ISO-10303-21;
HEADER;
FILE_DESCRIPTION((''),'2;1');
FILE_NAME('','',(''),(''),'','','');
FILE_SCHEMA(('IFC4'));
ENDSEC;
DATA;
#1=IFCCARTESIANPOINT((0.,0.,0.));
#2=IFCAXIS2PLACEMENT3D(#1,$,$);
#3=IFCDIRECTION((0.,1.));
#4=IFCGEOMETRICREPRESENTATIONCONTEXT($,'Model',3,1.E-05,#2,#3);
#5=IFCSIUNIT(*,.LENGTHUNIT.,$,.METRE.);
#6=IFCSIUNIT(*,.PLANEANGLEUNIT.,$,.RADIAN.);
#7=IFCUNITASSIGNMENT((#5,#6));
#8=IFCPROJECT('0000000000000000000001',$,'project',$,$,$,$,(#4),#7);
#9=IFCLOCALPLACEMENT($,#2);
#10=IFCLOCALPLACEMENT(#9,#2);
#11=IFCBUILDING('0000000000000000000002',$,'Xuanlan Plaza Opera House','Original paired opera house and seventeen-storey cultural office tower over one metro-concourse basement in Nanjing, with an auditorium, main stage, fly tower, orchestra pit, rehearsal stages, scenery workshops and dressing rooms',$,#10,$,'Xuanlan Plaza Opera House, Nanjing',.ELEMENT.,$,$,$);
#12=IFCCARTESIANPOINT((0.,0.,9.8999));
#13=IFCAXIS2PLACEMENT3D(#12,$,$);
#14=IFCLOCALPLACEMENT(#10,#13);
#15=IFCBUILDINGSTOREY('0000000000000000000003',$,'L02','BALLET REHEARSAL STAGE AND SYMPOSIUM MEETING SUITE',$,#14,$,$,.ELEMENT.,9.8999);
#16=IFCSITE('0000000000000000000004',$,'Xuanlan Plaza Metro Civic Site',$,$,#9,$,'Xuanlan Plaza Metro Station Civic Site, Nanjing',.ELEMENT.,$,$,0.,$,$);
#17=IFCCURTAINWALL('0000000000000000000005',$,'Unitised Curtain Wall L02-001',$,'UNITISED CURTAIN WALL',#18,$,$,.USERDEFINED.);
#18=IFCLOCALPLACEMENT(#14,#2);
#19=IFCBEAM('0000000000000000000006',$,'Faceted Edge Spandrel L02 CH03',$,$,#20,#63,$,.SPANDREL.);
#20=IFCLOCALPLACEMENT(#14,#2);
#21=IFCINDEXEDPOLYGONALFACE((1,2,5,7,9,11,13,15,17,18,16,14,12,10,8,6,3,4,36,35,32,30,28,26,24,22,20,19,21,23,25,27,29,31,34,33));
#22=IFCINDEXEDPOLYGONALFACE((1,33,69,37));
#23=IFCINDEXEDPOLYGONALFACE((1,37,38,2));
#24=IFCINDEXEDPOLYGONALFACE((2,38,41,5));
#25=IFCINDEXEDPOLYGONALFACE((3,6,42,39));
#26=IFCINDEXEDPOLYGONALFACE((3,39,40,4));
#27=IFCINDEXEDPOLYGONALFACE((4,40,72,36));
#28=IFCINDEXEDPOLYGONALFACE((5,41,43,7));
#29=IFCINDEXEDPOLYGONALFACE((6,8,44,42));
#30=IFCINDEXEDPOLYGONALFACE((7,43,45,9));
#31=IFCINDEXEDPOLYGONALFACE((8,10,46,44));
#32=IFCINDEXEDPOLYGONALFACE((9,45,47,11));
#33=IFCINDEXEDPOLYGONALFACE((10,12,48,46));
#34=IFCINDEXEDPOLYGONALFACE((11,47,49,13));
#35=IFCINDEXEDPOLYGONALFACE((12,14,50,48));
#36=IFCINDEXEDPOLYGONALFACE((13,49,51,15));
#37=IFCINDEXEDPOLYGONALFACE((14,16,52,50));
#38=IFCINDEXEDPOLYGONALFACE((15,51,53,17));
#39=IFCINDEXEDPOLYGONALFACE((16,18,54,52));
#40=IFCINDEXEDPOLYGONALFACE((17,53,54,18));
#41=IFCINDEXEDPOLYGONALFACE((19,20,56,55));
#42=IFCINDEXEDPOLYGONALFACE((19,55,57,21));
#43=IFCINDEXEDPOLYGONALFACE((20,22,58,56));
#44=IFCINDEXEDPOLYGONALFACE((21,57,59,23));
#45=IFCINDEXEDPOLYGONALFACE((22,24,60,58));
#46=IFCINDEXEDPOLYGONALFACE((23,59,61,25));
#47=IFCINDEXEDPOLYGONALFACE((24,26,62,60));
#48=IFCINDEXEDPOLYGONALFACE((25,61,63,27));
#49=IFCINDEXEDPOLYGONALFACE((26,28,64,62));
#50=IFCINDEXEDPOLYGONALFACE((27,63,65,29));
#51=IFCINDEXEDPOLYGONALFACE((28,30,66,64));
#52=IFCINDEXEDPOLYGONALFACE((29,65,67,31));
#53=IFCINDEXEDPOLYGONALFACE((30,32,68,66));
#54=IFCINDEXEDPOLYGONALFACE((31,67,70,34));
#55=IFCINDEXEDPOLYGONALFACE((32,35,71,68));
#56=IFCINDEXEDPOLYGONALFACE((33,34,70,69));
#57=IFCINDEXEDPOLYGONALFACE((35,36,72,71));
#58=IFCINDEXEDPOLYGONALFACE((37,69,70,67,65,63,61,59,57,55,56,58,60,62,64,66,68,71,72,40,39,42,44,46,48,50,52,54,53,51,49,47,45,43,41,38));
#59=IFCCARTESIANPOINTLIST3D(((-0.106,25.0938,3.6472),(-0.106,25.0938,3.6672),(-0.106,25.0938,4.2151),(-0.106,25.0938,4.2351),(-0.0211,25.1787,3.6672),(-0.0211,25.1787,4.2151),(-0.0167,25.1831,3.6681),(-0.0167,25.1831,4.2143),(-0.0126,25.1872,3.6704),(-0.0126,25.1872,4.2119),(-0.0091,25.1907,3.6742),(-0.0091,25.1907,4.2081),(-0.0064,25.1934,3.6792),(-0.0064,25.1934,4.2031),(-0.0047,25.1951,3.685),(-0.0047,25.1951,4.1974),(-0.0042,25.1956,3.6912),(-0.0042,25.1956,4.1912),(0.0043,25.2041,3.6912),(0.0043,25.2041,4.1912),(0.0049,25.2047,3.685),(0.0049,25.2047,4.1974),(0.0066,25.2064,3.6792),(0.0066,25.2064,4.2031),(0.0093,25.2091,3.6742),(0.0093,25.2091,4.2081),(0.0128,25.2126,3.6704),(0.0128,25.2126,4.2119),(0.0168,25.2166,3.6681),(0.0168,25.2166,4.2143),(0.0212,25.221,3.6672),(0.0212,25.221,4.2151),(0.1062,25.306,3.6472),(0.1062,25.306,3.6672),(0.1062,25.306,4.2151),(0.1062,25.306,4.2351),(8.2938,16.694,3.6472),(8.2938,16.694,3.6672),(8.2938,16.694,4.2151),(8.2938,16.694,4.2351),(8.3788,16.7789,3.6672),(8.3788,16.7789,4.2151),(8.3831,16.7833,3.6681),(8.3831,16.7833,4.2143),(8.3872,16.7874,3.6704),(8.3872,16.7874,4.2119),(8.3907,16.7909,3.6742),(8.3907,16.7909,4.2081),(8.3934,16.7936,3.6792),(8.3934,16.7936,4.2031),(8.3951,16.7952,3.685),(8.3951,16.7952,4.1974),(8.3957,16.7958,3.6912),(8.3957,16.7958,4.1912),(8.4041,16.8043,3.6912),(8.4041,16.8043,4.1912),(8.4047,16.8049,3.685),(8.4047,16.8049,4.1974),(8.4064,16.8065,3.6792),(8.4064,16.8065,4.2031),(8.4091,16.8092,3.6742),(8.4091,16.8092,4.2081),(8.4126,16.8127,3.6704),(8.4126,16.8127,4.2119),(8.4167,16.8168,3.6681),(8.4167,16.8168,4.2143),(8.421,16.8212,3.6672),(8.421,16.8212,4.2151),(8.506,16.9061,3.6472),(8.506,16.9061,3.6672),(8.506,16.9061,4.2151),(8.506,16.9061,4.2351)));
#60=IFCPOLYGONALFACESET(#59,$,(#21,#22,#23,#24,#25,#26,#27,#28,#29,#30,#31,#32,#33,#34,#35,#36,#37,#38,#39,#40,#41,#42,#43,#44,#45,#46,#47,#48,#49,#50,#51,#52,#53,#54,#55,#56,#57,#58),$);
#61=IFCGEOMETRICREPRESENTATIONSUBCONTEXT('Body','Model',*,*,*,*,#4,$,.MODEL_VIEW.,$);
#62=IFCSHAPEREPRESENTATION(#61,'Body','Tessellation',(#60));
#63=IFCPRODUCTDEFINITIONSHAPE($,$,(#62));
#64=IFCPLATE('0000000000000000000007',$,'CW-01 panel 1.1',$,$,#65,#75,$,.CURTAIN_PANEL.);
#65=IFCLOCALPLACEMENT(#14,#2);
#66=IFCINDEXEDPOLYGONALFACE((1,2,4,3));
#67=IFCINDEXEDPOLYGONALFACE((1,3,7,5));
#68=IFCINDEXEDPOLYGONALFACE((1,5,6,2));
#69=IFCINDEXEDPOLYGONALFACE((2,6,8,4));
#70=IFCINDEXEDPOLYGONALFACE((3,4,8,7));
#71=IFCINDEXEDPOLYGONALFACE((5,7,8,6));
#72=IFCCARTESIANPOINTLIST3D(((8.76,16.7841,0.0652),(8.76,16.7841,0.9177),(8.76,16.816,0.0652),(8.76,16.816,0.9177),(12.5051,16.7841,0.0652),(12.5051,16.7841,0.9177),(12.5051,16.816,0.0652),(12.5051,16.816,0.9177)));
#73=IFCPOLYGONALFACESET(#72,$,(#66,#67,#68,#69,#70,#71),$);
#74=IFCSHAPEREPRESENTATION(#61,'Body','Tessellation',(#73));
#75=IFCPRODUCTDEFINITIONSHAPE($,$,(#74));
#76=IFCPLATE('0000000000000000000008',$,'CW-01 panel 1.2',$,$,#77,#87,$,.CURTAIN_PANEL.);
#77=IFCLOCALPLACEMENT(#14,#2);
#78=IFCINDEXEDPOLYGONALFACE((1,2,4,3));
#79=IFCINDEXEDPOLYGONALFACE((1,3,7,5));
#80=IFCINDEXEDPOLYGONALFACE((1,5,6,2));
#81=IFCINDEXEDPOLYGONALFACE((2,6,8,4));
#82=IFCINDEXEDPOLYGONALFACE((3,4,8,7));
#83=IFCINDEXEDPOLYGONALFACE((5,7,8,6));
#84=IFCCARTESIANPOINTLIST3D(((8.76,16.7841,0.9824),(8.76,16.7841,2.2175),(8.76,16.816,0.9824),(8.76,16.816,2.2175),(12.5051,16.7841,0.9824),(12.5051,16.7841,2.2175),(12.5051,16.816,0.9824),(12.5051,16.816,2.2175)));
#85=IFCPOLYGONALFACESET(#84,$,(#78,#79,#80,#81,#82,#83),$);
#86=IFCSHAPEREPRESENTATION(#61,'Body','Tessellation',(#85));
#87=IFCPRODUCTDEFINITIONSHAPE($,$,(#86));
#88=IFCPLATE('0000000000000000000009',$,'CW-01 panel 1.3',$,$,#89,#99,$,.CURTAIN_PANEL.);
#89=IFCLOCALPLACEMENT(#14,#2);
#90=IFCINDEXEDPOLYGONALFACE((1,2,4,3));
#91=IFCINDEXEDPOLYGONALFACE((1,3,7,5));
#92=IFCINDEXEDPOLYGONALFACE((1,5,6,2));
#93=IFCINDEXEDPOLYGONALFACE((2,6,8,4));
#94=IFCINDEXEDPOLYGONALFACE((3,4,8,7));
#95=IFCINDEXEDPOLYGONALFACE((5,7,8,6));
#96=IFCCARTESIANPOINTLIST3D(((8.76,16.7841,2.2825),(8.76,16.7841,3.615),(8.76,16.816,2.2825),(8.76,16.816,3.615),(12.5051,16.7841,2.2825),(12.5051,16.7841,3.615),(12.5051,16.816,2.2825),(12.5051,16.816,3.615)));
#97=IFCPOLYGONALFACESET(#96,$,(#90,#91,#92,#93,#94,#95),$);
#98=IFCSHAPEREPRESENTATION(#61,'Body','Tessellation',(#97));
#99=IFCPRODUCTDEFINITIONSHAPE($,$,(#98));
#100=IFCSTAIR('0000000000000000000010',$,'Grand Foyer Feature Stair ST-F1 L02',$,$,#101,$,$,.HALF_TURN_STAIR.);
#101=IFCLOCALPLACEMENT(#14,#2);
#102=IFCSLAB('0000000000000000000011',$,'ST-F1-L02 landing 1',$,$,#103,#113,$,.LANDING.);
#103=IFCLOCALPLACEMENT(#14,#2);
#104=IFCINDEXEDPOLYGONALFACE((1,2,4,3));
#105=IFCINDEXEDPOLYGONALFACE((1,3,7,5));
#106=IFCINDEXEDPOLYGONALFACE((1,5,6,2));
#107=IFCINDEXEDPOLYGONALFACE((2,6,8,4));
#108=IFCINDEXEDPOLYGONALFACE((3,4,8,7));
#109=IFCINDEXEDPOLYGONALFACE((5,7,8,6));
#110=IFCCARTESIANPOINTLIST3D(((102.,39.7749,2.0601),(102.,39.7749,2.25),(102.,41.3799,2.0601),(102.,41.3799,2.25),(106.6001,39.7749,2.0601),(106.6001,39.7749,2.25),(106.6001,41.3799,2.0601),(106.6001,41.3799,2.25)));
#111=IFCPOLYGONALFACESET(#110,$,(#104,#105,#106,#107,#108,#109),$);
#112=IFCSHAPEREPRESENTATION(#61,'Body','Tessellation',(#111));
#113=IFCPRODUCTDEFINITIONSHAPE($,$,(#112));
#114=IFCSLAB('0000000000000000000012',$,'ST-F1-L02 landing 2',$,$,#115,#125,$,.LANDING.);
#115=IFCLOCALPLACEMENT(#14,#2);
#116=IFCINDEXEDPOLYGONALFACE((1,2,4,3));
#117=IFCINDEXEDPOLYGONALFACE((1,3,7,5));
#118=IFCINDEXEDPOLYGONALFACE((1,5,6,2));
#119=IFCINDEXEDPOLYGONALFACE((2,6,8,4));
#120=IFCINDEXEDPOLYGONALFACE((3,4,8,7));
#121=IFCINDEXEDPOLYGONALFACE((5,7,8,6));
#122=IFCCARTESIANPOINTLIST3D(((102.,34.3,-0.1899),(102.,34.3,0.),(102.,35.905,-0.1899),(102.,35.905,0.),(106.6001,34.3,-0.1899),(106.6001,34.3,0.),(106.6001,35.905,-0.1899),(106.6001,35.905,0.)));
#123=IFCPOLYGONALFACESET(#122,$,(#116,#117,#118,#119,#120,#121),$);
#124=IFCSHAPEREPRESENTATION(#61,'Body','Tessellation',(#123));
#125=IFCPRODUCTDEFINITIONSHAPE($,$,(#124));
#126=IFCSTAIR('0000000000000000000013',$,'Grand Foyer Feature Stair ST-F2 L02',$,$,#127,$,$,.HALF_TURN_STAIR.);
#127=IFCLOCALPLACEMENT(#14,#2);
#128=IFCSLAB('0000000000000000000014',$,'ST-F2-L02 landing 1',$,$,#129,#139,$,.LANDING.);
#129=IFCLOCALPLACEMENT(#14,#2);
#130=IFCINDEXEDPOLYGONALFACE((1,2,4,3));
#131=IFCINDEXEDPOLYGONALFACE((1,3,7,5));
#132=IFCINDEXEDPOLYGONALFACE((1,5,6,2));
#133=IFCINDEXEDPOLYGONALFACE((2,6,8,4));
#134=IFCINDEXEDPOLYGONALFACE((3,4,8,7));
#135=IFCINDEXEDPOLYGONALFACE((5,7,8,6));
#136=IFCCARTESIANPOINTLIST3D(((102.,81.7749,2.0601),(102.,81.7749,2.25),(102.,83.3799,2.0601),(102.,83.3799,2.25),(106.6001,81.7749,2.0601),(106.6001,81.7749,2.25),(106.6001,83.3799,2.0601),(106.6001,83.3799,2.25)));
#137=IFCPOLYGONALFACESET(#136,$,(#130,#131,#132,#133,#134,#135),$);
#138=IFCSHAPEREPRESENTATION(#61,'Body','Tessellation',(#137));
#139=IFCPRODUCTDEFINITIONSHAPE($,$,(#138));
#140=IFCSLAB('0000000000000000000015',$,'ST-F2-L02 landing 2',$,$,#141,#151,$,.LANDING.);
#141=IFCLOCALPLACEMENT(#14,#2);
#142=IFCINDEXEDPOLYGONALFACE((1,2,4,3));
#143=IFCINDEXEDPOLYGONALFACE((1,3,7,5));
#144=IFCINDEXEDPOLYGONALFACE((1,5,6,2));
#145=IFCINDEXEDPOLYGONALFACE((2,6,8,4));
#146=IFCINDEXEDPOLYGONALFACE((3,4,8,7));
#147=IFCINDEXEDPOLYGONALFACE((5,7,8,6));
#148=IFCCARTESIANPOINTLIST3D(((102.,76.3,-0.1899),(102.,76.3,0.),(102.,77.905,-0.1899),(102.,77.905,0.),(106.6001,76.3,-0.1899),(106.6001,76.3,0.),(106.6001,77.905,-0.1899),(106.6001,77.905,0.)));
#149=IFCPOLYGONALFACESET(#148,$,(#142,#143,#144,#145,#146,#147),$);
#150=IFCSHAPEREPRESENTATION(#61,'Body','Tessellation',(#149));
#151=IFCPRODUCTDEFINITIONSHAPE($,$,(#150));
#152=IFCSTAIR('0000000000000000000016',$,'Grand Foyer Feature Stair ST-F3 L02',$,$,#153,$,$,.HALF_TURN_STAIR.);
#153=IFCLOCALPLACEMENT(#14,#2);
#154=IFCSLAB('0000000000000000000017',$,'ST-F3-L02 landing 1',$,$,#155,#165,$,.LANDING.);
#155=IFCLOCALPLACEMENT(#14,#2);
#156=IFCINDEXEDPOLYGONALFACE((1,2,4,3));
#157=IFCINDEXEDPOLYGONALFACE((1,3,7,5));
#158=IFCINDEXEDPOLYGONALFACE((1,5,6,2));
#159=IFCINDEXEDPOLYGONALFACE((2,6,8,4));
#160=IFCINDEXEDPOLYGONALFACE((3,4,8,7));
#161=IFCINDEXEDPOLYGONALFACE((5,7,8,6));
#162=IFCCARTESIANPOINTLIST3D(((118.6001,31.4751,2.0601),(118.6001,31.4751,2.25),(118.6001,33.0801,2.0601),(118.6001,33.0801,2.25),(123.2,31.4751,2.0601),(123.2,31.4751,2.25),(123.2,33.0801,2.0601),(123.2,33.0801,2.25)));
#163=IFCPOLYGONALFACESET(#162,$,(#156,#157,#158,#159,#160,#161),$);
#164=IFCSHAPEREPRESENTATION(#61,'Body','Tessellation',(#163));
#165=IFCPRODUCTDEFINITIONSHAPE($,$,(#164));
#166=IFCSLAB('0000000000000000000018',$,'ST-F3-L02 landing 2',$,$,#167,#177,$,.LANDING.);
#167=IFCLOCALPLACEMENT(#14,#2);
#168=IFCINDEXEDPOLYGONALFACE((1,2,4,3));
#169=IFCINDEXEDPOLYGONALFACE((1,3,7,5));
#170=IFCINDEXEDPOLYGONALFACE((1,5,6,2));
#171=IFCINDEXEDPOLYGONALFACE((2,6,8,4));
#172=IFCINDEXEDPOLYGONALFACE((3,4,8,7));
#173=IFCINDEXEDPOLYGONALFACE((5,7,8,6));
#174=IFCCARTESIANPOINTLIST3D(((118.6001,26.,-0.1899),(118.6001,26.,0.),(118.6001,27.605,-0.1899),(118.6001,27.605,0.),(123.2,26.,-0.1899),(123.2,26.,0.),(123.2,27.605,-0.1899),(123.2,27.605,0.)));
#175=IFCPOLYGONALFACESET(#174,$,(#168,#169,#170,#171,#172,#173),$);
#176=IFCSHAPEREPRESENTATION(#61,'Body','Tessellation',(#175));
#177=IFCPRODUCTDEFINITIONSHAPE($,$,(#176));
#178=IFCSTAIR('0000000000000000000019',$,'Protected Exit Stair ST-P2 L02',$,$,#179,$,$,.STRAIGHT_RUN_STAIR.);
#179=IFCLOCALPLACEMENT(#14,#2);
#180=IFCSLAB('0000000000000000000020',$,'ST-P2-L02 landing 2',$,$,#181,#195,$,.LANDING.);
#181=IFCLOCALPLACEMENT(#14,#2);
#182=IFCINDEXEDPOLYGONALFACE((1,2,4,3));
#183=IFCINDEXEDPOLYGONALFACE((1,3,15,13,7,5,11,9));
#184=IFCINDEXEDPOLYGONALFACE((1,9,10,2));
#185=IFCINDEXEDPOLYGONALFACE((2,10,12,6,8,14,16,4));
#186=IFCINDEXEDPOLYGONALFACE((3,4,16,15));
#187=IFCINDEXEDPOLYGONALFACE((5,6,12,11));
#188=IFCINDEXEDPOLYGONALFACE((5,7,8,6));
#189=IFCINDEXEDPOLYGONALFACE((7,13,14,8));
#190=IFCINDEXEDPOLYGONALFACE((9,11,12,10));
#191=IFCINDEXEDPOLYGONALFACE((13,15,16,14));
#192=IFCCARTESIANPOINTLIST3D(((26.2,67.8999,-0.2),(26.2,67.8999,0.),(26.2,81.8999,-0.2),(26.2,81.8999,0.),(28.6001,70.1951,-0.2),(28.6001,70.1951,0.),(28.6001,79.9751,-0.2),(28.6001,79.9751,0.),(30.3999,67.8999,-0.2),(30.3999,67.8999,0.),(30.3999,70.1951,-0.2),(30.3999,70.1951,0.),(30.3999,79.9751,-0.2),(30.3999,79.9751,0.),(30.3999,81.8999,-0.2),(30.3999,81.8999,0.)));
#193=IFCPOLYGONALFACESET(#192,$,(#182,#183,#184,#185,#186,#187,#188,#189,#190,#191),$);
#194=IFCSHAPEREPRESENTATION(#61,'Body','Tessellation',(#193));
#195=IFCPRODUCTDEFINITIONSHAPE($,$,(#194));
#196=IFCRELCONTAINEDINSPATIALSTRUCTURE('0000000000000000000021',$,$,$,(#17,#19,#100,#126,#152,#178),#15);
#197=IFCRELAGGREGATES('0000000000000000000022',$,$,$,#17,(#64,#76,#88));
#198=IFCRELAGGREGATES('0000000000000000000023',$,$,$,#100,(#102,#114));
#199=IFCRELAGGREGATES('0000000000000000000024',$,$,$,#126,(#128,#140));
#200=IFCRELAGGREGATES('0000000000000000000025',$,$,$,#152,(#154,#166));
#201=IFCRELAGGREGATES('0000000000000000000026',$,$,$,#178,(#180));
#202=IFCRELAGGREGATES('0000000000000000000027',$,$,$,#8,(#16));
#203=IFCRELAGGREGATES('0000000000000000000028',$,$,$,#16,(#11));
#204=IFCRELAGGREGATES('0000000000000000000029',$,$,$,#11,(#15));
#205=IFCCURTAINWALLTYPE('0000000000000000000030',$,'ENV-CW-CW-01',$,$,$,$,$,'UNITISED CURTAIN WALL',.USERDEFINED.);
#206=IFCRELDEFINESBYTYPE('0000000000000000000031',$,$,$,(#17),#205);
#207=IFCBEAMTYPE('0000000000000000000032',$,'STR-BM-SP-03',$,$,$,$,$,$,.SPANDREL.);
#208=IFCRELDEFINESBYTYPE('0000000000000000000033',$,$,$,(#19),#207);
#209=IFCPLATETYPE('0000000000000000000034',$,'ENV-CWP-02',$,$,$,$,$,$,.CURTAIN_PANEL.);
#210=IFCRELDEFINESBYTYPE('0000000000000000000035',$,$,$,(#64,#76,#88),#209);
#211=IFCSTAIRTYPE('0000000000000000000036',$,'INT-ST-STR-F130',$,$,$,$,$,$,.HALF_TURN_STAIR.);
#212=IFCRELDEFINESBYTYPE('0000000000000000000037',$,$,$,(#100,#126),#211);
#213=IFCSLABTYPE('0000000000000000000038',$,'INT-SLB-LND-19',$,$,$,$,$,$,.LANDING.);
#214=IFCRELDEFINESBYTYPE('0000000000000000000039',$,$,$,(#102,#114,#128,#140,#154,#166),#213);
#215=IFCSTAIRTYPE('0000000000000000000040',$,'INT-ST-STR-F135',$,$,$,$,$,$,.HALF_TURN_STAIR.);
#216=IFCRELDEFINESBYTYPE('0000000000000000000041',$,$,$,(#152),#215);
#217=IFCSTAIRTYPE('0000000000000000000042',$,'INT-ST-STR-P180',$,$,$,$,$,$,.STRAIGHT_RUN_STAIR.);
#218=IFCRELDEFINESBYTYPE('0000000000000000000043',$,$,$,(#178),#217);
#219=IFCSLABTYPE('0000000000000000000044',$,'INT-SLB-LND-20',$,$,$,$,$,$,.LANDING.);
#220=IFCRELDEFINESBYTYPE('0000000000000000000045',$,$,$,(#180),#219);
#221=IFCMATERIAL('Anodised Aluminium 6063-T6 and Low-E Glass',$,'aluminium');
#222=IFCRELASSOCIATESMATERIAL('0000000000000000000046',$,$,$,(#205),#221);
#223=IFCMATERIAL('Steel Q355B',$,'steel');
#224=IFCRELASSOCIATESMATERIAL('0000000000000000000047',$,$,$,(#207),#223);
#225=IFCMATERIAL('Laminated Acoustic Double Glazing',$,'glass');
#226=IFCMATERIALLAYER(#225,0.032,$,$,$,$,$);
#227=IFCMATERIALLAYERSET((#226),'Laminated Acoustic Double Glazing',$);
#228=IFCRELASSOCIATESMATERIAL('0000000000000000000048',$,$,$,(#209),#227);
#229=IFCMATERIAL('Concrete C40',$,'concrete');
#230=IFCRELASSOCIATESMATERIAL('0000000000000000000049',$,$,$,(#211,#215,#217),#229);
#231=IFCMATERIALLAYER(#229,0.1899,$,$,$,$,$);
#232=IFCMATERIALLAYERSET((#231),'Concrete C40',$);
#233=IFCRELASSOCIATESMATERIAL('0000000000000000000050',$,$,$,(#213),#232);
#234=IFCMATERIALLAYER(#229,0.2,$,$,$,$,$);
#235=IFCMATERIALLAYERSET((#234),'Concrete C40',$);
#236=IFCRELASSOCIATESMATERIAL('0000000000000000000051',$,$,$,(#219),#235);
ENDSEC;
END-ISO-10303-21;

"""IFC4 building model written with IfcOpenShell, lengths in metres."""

from ifc_helpers import new_model, si_unit, direction, frame, origin, origin_2d, place, context, subcontext, project, spatial, polyline, rectangle, i_section, outline, extrude, material, layer, layer_set, material_profile, profile_set, type_object, element, aggregate, save


model = new_model("IFC4")

# Units and contexts
model_context = context("Model", 3, precision=1e-05, world=origin(), true_north=direction((0.0, 1.0)))
body_context = subcontext(model_context, "Body", "Model", "MODEL_VIEW")
ifc_project = project(units=[si_unit("LENGTHUNIT", "METRE"), si_unit("PLANEANGLEUNIT", "RADIAN")], contexts=[model_context])

# Site, building, storey
site_placement = place(None, origin())
site = spatial("IfcSite", under=ifc_project, at=site_placement, Name="Xuanlan Plaza Metro Civic Site", LongName="Xuanlan Plaza Metro Station Civic Site, Nanjing", CompositionType="ELEMENT", RefElevation=0.0)
building_placement = place(site_placement, origin())
building = spatial("IfcBuilding", under=site, at=building_placement, Name="Xuanlan Plaza Opera House", Description="Original paired opera house and seventeen-storey cultural office tower over one metro-concourse basement in Nanjing, with an auditorium, main stage, fly tower, orchestra pit, rehearsal stages, scenery workshops and dressing rooms", LongName="Xuanlan Plaza Opera House, Nanjing", CompositionType="ELEMENT")
storey_placement = place(building_placement, frame((0.0, 0.0, 9.8999)))
storey = spatial("IfcBuildingStorey", under=building, at=storey_placement, Name="L02", Description="BALLET REHEARSAL STAGE AND SYMPOSIUM MEETING SUITE", CompositionType="ELEMENT", Elevation=9.8999)

# Shared definitions
ifc_material_1 = material(Name="Concrete C40", Category="concrete")

# Curtain wall
ifc_material_2 = material(Name="Anodised Aluminium 6063-T6 and Low-E Glass", Category="aluminium")
curtain_wall_type = type_object("IfcCurtainWallType", Name="ENV-CW-CW-01", ElementType="UNITISED CURTAIN WALL", PredefinedType="USERDEFINED", material=ifc_material_2)
curtain_wall_placement = place(storey_placement, origin())
curtain_wall = element("IfcCurtainWall", 1, at=curtain_wall_placement, inside=storey, type_object=curtain_wall_type, Name="Unitised Curtain Wall L02-001", ObjectType="UNITISED CURTAIN WALL", PredefinedType="USERDEFINED")

# Beam
ifc_material_3 = material(Name="Steel Q355B", Category="steel")
ifc_material_profile_1 = material_profile(ifc_material_3, i_section(OverallWidth=0.3, OverallDepth=0.5879, WebThickness=0.012, FlangeThickness=0.02, FilletRadius=0.0239, at=origin_2d()), Name="HM 588x300x12x20")
ifc_profile_set_1 = profile_set([ifc_material_profile_1], Name="Steel Q355B")
beam_type_1 = type_object("IfcBeamType", Name="STR-BM-SP-03", PredefinedType="SPANDREL", material=ifc_profile_set_1)
beam_1_placement = place(storey_placement, frame((8.3999, 16.8, 3.9412), z_axis=(-0.707107, 0.707107, 0.0), x_axis=(-0.707107, -0.707107, 0.0)))
element("IfcBeam", 2, at=beam_1_placement, inside=storey, type_object=beam_type_1, Name="Faceted Edge Spandrel L02 CH03", PredefinedType="SPANDREL", context=body_context, shape_type="SweptSolid", body=[
    extrude(i_section(OverallWidth=0.3, OverallDepth=0.5879, WebThickness=0.012, FlangeThickness=0.02, FilletRadius=0.0239, at=origin_2d()), origin(), (0.0, 0.0, 1.0), 11.8792),
])

# Plates
ifc_material_4 = material(Name="Laminated Acoustic Double Glazing", Category="glass")
ifc_layer_1 = layer(ifc_material_4, 0.032)
ifc_layer_set_1 = layer_set([ifc_layer_1], Name="Laminated Acoustic Double Glazing")
plate_type = type_object("IfcPlateType", Name="ENV-CWP-02", PredefinedType="CURTAIN_PANEL", material=ifc_layer_set_1)
plate_1_placement = place(storey_placement, frame((10.6326, 16.8, 0.0652), z_axis=(0.0, 0.0, 1.0), x_axis=(1.0, 0.0, 0.0)))
plate_1 = element("IfcPlate", 3, at=plate_1_placement, type_object=plate_type, Name="CW-01 panel 1.1", PredefinedType="CURTAIN_PANEL", context=body_context, shape_type="SweptSolid", body=[
    extrude(rectangle(XDim=3.7451, YDim=0.032, at=origin_2d()), origin(), (0.0, 0.0, 1.0), 0.8525),
])
plate_2_placement = place(storey_placement, frame((10.6326, 16.8, 0.9824), z_axis=(0.0, 0.0, 1.0), x_axis=(1.0, 0.0, 0.0)))
plate_2 = element("IfcPlate", 4, at=plate_2_placement, type_object=plate_type, Name="CW-01 panel 1.2", PredefinedType="CURTAIN_PANEL", context=body_context, shape_type="SweptSolid", body=[
    extrude(rectangle(XDim=3.7451, YDim=0.032, at=origin_2d()), origin(), (0.0, 0.0, 1.0), 1.2351),
])
plate_3_placement = place(storey_placement, frame((10.6326, 16.8, 2.2825), z_axis=(0.0, 0.0, 1.0), x_axis=(1.0, 0.0, 0.0)))
plate_3 = element("IfcPlate", 5, at=plate_3_placement, type_object=plate_type, Name="CW-01 panel 1.3", PredefinedType="CURTAIN_PANEL", context=body_context, shape_type="SweptSolid", body=[
    extrude(rectangle(XDim=3.7451, YDim=0.032, at=origin_2d()), origin(), (0.0, 0.0, 1.0), 1.3325),
])
aggregate(curtain_wall, [plate_1, plate_2, plate_3])

# Stairs, slabs
stair_type_1 = type_object("IfcStairType", Name="INT-ST-STR-F130", PredefinedType="HALF_TURN_STAIR", material=ifc_material_1)
stair_1_placement = place(storey_placement, origin())
stair_1 = element("IfcStair", 6, at=stair_1_placement, inside=storey, type_object=stair_type_1, Name="Grand Foyer Feature Stair ST-F1 L02", PredefinedType="HALF_TURN_STAIR")
ifc_layer_2 = layer(ifc_material_1, 0.1899)
ifc_layer_set_2 = layer_set([ifc_layer_2], Name="Concrete C40")
slab_type_1 = type_object("IfcSlabType", Name="INT-SLB-LND-19", PredefinedType="LANDING", material=ifc_layer_set_2)
slab_1_placement = place(storey_placement, frame((0.0, 0.0, 2.0601)))
slab_1 = element("IfcSlab", 7, at=slab_1_placement, type_object=slab_type_1, Name="ST-F1-L02 landing 1", PredefinedType="LANDING", context=body_context, shape_type="SweptSolid", body=[
    extrude(outline(polyline([(102.0, 39.7749), (106.6001, 39.7749), (106.6001, 41.3799), (102.0, 41.3799), (102.0, 39.7749)])), origin(), (0.0, 0.0, 1.0), 0.1899),
])
slab_2_placement = place(storey_placement, frame((0.0, 0.0, -0.1899)))
slab_2 = element("IfcSlab", 8, at=slab_2_placement, type_object=slab_type_1, Name="ST-F1-L02 landing 2", PredefinedType="LANDING", context=body_context, shape_type="SweptSolid", body=[
    extrude(outline(polyline([(102.0, 34.3), (106.6001, 34.3), (106.6001, 35.905), (102.0, 35.905), (102.0, 34.3)])), origin(), (0.0, 0.0, 1.0), 0.1899),
])
aggregate(stair_1, [slab_1, slab_2])
stair_2_placement = place(storey_placement, origin())
stair_2 = element("IfcStair", 9, at=stair_2_placement, inside=storey, type_object=stair_type_1, Name="Grand Foyer Feature Stair ST-F2 L02", PredefinedType="HALF_TURN_STAIR")
slab_3_placement = place(storey_placement, frame((0.0, 0.0, 2.0601)))
slab_3 = element("IfcSlab", 10, at=slab_3_placement, type_object=slab_type_1, Name="ST-F2-L02 landing 1", PredefinedType="LANDING", context=body_context, shape_type="SweptSolid", body=[
    extrude(outline(polyline([(102.0, 81.7749), (106.6001, 81.7749), (106.6001, 83.3799), (102.0, 83.3799), (102.0, 81.7749)])), origin(), (0.0, 0.0, 1.0), 0.1899),
])
slab_4_placement = place(storey_placement, frame((0.0, 0.0, -0.1899)))
slab_4 = element("IfcSlab", 11, at=slab_4_placement, type_object=slab_type_1, Name="ST-F2-L02 landing 2", PredefinedType="LANDING", context=body_context, shape_type="SweptSolid", body=[
    extrude(outline(polyline([(102.0, 76.3), (106.6001, 76.3), (106.6001, 77.905), (102.0, 77.905), (102.0, 76.3)])), origin(), (0.0, 0.0, 1.0), 0.1899),
])
aggregate(stair_2, [slab_3, slab_4])
stair_type_2 = type_object("IfcStairType", Name="INT-ST-STR-F135", PredefinedType="HALF_TURN_STAIR", material=ifc_material_1)
stair_3_placement = place(storey_placement, origin())
stair_3 = element("IfcStair", 12, at=stair_3_placement, inside=storey, type_object=stair_type_2, Name="Grand Foyer Feature Stair ST-F3 L02", PredefinedType="HALF_TURN_STAIR")
slab_5_placement = place(storey_placement, frame((0.0, 0.0, 2.0601)))
slab_5 = element("IfcSlab", 13, at=slab_5_placement, type_object=slab_type_1, Name="ST-F3-L02 landing 1", PredefinedType="LANDING", context=body_context, shape_type="SweptSolid", body=[
    extrude(outline(polyline([(118.6001, 31.4751), (123.2, 31.4751), (123.2, 33.0801), (118.6001, 33.0801), (118.6001, 31.4751)])), origin(), (0.0, 0.0, 1.0), 0.1899),
])
slab_6_placement = place(storey_placement, frame((0.0, 0.0, -0.1899)))
slab_6 = element("IfcSlab", 14, at=slab_6_placement, type_object=slab_type_1, Name="ST-F3-L02 landing 2", PredefinedType="LANDING", context=body_context, shape_type="SweptSolid", body=[
    extrude(outline(polyline([(118.6001, 26.0), (123.2, 26.0), (123.2, 27.605), (118.6001, 27.605), (118.6001, 26.0)])), origin(), (0.0, 0.0, 1.0), 0.1899),
])
aggregate(stair_3, [slab_5, slab_6])

# Stair, slab
stair_type_3 = type_object("IfcStairType", Name="INT-ST-STR-P180", PredefinedType="STRAIGHT_RUN_STAIR", material=ifc_material_1)
stair_4_placement = place(storey_placement, origin())
stair_4 = element("IfcStair", 15, at=stair_4_placement, inside=storey, type_object=stair_type_3, Name="Protected Exit Stair ST-P2 L02", PredefinedType="STRAIGHT_RUN_STAIR")
ifc_layer_3 = layer(ifc_material_1, 0.2)
ifc_layer_set_3 = layer_set([ifc_layer_3], Name="Concrete C40")
slab_type_2 = type_object("IfcSlabType", Name="INT-SLB-LND-20", PredefinedType="LANDING", material=ifc_layer_set_3)
slab_7_placement = place(storey_placement, frame((0.0, 0.0, -0.2)))
slab_7 = element("IfcSlab", 16, at=slab_7_placement, type_object=slab_type_2, Name="ST-P2-L02 landing 2", PredefinedType="LANDING", context=body_context, shape_type="SweptSolid", body=[
    extrude(outline(polyline([(26.2, 67.8999), (30.3999, 67.8999), (30.3999, 70.1951), (28.6001, 70.1951), (28.6001, 79.9751), (30.3999, 79.9751), (30.3999, 81.8999), (26.2, 81.8999), (26.2, 67.8999)])), origin(), (0.0, 0.0, 1.0), 0.2),
])
aggregate(stair_4, [slab_7])

save(model, "model.ifc")
